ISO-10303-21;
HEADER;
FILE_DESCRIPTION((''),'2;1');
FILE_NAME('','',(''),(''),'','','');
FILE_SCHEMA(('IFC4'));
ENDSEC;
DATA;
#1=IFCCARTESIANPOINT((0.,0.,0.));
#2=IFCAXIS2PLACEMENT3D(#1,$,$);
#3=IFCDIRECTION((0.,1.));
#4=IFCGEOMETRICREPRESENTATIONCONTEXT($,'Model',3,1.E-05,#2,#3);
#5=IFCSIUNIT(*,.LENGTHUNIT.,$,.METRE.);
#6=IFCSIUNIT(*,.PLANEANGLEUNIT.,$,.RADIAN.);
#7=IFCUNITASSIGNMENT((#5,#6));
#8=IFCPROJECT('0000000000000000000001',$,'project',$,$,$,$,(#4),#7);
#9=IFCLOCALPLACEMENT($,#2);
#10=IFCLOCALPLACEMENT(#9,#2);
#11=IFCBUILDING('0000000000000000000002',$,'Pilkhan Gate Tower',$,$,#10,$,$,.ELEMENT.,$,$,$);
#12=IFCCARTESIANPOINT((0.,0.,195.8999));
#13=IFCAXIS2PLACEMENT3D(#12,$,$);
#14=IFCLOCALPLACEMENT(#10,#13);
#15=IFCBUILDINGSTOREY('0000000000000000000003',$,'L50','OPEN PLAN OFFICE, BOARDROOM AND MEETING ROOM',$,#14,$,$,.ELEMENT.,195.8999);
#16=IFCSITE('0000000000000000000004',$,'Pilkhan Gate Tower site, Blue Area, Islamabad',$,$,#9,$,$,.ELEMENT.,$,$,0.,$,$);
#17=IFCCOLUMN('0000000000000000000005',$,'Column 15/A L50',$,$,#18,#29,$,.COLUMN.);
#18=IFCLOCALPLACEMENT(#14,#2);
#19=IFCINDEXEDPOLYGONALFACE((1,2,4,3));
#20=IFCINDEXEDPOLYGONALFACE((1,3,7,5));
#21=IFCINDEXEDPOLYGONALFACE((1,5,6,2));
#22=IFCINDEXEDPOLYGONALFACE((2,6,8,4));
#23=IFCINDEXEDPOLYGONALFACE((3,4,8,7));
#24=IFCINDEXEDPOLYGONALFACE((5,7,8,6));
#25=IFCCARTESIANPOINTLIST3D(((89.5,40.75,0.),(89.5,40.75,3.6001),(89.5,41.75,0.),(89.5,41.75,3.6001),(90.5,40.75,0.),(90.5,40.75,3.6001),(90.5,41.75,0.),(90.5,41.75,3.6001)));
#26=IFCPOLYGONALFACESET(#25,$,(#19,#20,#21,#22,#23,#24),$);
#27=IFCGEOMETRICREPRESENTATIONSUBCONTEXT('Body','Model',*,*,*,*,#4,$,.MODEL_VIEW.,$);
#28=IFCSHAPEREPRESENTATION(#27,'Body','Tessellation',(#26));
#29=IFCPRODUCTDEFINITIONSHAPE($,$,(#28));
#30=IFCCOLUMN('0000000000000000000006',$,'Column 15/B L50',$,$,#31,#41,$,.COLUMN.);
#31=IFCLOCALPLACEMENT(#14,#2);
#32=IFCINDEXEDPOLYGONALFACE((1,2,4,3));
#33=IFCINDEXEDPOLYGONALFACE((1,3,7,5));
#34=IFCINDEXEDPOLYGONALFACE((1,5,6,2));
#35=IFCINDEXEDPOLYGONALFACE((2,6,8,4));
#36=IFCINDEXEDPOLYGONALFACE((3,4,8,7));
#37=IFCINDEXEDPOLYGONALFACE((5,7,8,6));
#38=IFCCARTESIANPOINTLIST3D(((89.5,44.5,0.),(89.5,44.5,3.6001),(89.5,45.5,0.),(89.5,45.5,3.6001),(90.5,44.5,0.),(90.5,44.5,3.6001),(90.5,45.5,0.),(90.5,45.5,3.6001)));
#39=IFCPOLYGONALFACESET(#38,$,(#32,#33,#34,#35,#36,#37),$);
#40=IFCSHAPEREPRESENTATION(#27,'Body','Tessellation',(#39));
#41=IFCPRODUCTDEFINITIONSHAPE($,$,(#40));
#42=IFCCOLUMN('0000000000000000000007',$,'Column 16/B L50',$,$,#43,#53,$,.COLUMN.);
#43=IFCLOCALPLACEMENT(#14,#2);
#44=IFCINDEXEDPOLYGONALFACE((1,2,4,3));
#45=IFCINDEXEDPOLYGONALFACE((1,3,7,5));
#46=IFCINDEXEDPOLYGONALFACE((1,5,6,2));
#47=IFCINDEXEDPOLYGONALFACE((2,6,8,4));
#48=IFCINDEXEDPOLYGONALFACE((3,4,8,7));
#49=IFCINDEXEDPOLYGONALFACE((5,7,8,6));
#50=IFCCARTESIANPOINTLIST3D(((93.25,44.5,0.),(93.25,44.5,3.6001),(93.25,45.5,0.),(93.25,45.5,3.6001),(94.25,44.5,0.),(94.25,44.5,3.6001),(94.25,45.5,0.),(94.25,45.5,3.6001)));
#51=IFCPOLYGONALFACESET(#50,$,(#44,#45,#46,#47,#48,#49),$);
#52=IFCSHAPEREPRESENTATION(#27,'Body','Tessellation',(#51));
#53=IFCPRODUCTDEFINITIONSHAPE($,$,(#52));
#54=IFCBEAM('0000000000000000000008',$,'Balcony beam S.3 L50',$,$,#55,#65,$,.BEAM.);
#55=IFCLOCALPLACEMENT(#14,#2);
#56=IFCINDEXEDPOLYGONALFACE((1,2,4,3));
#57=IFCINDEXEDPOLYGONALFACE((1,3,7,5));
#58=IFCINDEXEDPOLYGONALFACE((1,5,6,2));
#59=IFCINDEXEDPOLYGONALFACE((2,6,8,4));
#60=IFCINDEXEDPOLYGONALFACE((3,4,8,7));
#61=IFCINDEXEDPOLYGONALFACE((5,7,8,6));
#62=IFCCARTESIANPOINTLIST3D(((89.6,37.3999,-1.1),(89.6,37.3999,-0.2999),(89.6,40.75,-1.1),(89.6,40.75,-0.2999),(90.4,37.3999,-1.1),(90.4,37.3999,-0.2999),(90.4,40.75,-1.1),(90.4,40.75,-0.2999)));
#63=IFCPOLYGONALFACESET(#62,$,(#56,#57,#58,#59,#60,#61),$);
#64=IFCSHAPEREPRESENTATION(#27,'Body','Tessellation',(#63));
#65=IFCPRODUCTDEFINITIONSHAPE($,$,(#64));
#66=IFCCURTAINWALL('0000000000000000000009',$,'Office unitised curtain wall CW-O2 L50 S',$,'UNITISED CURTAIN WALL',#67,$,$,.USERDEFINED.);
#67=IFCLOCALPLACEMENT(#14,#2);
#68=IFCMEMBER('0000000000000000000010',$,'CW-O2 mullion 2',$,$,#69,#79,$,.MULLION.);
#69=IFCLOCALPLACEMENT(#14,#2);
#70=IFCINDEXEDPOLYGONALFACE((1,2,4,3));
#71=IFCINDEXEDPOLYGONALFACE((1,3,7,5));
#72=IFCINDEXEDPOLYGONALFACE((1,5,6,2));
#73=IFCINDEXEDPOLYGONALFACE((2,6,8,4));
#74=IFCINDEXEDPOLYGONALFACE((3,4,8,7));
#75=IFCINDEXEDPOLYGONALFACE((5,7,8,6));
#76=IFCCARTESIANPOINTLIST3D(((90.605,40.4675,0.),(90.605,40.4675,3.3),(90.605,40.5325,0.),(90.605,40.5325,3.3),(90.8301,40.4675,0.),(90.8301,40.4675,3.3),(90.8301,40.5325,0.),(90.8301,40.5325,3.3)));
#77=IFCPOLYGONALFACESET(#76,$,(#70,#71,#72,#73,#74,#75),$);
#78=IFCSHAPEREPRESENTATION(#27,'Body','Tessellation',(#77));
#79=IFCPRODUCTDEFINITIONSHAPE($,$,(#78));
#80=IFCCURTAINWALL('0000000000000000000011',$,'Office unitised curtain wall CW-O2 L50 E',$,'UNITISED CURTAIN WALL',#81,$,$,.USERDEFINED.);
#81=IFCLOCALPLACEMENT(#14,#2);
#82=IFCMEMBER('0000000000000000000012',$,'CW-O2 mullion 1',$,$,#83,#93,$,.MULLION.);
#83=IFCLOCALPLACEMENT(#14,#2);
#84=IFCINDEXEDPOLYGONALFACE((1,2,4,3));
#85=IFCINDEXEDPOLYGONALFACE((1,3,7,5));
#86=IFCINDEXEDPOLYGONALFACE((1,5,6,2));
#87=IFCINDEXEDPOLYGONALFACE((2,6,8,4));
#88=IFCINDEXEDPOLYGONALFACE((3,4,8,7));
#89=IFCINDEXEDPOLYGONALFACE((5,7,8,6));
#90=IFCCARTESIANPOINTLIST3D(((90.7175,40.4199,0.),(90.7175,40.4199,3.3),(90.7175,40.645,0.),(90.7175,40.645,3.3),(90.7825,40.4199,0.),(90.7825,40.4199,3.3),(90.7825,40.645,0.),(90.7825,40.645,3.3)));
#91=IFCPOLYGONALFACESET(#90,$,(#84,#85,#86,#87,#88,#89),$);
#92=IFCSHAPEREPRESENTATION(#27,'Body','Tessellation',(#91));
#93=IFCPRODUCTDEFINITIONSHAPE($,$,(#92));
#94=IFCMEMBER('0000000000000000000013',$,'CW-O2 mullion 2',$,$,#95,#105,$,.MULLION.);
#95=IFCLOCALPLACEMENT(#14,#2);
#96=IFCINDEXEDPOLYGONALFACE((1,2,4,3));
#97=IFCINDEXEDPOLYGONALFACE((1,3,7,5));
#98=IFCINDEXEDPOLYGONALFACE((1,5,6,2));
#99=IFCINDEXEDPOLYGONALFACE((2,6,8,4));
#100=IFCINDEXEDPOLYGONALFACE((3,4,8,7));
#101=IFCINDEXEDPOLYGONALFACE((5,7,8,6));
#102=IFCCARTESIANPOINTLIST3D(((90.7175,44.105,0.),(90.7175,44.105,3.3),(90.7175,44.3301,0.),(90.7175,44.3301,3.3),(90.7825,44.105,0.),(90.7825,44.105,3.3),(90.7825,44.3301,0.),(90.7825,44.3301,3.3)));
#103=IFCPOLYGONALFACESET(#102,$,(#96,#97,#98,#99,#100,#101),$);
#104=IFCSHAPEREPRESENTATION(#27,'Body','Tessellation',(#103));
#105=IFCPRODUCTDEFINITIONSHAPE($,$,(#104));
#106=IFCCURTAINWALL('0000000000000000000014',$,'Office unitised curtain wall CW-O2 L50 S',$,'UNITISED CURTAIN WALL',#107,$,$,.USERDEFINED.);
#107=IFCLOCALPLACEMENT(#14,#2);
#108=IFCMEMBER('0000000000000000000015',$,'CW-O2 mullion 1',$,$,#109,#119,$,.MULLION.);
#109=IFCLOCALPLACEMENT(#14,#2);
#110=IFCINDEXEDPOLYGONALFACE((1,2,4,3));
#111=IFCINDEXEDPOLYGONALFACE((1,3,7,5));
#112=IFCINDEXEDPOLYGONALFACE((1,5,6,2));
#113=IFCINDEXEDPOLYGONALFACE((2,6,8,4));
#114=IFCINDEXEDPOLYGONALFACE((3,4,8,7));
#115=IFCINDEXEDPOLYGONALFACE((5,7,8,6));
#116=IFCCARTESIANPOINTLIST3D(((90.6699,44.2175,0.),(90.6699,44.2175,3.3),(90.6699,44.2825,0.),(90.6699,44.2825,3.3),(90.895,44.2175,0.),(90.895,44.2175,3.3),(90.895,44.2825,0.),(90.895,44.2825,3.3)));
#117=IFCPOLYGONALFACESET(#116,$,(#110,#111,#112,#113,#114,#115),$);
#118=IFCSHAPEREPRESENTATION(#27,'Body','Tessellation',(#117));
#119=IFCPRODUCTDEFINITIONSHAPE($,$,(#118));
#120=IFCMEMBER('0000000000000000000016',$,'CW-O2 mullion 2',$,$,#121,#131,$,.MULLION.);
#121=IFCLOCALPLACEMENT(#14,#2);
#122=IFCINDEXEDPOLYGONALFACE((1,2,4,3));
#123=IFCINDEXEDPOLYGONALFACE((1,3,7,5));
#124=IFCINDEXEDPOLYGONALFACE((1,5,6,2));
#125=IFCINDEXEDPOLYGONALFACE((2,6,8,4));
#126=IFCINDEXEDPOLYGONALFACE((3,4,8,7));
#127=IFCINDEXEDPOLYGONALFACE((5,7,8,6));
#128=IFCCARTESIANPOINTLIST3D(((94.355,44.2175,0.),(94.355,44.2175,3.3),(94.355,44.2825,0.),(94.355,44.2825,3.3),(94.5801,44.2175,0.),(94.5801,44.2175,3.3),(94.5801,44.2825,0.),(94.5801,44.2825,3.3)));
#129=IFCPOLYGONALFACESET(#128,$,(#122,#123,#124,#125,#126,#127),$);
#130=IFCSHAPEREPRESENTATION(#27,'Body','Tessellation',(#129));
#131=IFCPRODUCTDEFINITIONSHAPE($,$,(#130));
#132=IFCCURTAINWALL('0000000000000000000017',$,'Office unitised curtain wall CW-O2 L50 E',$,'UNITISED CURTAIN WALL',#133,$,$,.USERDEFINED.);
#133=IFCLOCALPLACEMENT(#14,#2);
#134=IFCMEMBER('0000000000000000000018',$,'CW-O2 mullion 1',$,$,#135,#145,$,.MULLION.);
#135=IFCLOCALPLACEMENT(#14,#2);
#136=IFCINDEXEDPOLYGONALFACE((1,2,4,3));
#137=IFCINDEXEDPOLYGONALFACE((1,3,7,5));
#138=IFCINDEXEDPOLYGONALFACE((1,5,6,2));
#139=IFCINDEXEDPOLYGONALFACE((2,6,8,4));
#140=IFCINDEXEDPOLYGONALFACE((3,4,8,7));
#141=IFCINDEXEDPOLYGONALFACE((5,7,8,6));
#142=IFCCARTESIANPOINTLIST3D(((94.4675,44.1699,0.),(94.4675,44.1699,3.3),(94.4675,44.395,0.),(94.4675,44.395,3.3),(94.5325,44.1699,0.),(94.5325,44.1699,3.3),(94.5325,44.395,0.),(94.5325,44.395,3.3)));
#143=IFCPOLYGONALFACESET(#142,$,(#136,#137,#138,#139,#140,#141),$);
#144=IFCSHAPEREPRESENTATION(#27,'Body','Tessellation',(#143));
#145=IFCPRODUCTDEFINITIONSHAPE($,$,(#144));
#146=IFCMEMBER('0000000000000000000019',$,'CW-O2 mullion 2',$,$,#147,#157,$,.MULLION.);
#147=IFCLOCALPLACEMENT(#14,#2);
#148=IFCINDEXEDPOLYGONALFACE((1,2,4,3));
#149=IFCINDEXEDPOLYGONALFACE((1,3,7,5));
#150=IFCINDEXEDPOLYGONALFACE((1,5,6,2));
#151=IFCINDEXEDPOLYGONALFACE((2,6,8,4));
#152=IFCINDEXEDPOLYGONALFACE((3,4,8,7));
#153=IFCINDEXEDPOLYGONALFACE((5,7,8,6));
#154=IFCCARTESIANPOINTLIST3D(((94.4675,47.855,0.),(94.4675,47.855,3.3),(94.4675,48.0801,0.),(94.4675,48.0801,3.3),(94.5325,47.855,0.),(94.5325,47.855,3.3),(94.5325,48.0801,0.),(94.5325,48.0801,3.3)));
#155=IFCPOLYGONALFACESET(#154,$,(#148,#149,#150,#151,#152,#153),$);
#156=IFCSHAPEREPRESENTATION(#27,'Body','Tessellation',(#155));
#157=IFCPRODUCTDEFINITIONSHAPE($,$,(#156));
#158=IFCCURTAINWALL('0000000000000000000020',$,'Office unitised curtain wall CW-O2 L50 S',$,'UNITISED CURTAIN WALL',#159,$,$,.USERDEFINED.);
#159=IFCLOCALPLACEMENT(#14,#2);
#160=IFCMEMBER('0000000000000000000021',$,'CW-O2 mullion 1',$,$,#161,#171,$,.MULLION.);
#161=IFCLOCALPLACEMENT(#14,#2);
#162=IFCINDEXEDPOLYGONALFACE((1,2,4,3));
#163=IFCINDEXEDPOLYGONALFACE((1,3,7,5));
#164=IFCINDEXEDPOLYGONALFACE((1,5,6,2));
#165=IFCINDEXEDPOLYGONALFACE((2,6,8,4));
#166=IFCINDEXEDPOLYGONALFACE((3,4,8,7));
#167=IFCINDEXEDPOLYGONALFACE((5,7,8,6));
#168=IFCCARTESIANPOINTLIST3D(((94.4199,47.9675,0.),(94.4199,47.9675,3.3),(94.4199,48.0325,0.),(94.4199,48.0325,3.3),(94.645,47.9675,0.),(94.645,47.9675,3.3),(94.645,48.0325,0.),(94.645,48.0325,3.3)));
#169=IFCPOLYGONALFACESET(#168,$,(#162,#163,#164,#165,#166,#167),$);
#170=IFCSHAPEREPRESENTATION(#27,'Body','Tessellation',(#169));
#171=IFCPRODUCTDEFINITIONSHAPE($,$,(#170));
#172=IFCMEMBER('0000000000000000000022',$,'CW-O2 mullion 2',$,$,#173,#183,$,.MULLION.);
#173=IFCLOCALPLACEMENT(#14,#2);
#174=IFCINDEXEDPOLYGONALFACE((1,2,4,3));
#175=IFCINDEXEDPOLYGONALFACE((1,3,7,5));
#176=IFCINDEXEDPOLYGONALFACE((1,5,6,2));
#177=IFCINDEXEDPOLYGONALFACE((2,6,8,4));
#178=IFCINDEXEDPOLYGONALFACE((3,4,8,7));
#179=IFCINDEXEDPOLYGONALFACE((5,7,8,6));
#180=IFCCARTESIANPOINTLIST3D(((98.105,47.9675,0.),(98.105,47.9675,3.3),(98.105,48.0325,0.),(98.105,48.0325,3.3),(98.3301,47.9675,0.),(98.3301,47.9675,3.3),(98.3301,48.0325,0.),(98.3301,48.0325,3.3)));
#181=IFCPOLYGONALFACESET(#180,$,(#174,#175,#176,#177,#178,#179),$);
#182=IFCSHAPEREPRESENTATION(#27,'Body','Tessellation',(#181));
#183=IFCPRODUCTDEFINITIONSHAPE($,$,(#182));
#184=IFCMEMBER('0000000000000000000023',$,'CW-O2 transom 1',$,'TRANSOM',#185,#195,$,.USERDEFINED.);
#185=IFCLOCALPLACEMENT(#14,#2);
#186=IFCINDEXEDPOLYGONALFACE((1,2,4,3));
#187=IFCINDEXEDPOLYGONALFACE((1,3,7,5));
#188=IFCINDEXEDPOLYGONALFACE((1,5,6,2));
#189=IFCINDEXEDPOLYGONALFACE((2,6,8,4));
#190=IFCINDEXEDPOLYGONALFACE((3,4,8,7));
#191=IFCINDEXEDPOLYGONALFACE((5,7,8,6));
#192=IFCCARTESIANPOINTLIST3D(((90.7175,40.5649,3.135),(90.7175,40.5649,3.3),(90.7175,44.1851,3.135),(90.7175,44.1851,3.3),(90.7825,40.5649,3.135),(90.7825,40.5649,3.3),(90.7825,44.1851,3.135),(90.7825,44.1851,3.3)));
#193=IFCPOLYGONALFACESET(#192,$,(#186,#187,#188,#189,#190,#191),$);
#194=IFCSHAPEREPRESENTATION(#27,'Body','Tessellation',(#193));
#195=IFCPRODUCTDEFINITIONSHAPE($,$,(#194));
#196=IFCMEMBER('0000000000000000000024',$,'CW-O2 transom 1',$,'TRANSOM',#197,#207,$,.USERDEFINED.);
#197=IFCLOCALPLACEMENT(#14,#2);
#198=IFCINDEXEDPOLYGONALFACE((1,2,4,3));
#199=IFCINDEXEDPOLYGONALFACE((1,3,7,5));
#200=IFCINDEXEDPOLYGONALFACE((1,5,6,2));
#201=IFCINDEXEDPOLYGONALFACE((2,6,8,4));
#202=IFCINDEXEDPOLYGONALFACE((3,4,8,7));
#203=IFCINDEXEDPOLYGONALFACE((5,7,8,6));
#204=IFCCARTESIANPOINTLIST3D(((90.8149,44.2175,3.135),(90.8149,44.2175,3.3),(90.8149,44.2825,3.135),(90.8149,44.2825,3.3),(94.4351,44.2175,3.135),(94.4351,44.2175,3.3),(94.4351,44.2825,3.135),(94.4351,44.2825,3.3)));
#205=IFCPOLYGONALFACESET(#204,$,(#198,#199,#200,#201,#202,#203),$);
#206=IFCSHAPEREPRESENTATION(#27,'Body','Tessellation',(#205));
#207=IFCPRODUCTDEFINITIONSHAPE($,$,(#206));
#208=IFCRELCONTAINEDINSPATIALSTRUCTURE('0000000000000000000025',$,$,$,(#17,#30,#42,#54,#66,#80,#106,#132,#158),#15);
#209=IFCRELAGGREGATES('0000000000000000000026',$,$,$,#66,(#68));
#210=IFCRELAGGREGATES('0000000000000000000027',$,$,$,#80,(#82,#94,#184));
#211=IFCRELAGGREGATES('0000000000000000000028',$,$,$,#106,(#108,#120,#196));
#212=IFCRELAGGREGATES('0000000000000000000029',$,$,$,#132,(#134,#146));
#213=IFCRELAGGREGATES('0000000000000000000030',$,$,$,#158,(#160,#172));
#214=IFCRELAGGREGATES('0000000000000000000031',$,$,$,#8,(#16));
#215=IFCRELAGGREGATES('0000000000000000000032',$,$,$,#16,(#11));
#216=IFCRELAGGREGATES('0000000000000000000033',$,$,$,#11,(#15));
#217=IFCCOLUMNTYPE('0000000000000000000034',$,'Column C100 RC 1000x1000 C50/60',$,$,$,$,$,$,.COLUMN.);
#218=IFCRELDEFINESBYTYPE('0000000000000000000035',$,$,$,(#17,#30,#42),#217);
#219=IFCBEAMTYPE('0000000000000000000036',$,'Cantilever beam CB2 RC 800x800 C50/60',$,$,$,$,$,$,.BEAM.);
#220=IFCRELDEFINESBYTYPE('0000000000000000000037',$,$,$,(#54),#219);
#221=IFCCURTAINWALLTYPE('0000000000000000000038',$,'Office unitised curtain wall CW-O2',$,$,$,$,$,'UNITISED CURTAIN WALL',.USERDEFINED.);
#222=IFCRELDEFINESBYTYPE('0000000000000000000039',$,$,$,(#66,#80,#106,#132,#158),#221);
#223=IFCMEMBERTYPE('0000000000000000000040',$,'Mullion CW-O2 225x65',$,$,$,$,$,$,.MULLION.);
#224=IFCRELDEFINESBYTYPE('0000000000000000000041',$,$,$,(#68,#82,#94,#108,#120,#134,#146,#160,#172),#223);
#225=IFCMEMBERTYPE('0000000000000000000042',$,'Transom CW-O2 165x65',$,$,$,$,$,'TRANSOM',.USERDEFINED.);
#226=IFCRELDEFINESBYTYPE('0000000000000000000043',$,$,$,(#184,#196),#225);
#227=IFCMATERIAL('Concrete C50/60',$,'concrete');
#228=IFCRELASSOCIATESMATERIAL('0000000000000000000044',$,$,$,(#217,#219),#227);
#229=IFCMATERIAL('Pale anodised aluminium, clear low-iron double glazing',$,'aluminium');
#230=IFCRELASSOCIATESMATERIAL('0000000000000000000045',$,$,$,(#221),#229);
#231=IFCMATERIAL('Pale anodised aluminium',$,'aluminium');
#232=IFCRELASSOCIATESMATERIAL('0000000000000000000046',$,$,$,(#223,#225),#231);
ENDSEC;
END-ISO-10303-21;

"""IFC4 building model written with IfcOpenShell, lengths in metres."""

from ifc_helpers import new_model, si_unit, direction, frame, origin, origin_2d, place, context, subcontext, project, spatial, rectangle, extrude, material, material_profile, profile_set, type_object, element, aggregate, save


model = new_model("IFC4")

# Units and contexts
model_context = context("Model", 3, precision=1e-05, world=origin(), true_north=direction((0.0, 1.0)))
body_context = subcontext(model_context, "Body", "Model", "MODEL_VIEW")
ifc_project = project(units=[si_unit("LENGTHUNIT", "METRE"), si_unit("PLANEANGLEUNIT", "RADIAN")], contexts=[model_context])

# Site, building, storey
site_placement = place(None, origin())
site = spatial("IfcSite", under=ifc_project, at=site_placement, Name="Pilkhan Gate Tower site, Blue Area, Islamabad", CompositionType="ELEMENT", RefElevation=0.0)
building_placement = place(site_placement, origin())
building = spatial("IfcBuilding", under=site, at=building_placement, Name="Pilkhan Gate Tower", CompositionType="ELEMENT")
storey_placement = place(building_placement, frame((0.0, 0.0, 195.8999)))
storey = spatial("IfcBuildingStorey", under=building, at=storey_placement, Name="L50", Description="OPEN PLAN OFFICE, BOARDROOM AND MEETING ROOM", CompositionType="ELEMENT", Elevation=195.8999)

# Columns
ifc_material_1 = material(Name="Concrete C50/60", Category="concrete")
ifc_material_profile_1 = material_profile(ifc_material_1, rectangle(XDim=1.0, YDim=1.0, at=origin_2d()), Name="RC 1000x1000")
ifc_profile_set_1 = profile_set([ifc_material_profile_1], Name="Concrete C50/60")
column_type = type_object("IfcColumnType", Name="Column C100 RC 1000x1000 C50/60", PredefinedType="COLUMN", material=ifc_profile_set_1)
for number, where, z_axis, x_axis, name in (
    (1, (90.0, 41.25, 0.0), (0.0, 0.0, 1.0), (1.0, 0.0, 0.0), "Column 15/A L50"),
    (2, (90.0, 45.0, 0.0), (0.0, 0.0, 1.0), (1.0, 0.0, 0.0), "Column 15/B L50"),
    (3, (93.75, 45.0, 0.0), (0.0, 0.0, 1.0), (1.0, 0.0, 0.0), "Column 16/B L50"),
):
    element("IfcColumn", number, at=place(storey_placement, frame(where, z_axis=z_axis, x_axis=x_axis)), inside=storey, type_object=column_type, Name=name, PredefinedType="COLUMN", context=body_context, shape_type="SweptSolid", body=[
        extrude(rectangle(XDim=1.0, YDim=1.0, at=origin_2d()), origin(), (0.0, 0.0, 1.0), 3.6001),
    ])

# Beam
ifc_material_profile_2 = material_profile(ifc_material_1, rectangle(XDim=0.8, YDim=0.8, at=origin_2d()), Name="RC 800x800")
ifc_profile_set_2 = profile_set([ifc_material_profile_2], Name="Concrete C50/60")
beam_type = type_object("IfcBeamType", Name="Cantilever beam CB2 RC 800x800 C50/60", PredefinedType="BEAM", material=ifc_profile_set_2)
beam_placement = place(storey_placement, frame((90.0, 40.75, -0.7), z_axis=(0.0, -1.0, 0.0), x_axis=(1.0, 0.0, 0.0)))
element("IfcBeam", 4, at=beam_placement, inside=storey, type_object=beam_type, Name="Balcony beam S.3 L50", PredefinedType="BEAM", context=body_context, shape_type="SweptSolid", body=[
    extrude(rectangle(XDim=0.8, YDim=0.8, at=origin_2d()), origin(), (0.0, 0.0, 1.0), 3.3501),
])

# Curtain wall, member
ifc_material_2 = material(Name="Pale anodised aluminium, clear low-iron double glazing", Category="aluminium")
curtain_wall_type = type_object("IfcCurtainWallType", Name="Office unitised curtain wall CW-O2", ElementType="UNITISED CURTAIN WALL", PredefinedType="USERDEFINED", material=ifc_material_2)
curtain_wall_1_placement = place(storey_placement, origin())
curtain_wall_1 = element("IfcCurtainWall", 5, at=curtain_wall_1_placement, inside=storey, type_object=curtain_wall_type, Name="Office unitised curtain wall CW-O2 L50 S", ObjectType="UNITISED CURTAIN WALL", PredefinedType="USERDEFINED")
ifc_material_3 = material(Name="Pale anodised aluminium", Category="aluminium")
ifc_material_profile_3 = material_profile(ifc_material_3, rectangle(XDim=0.0649, YDim=0.2251, at=origin_2d()), Name="Mullion 225x65")
ifc_profile_set_3 = profile_set([ifc_material_profile_3], Name="Pale anodised aluminium")
member_type_1 = type_object("IfcMemberType", Name="Mullion CW-O2 225x65", PredefinedType="MULLION", material=ifc_profile_set_3)
member_1_placement = place(storey_placement, frame((90.7175, 40.5, 0.0), z_axis=(0.0, 0.0, 1.0), x_axis=(0.0, 1.0, 0.0)))
member_1 = element("IfcMember", 6, at=member_1_placement, type_object=member_type_1, Name="CW-O2 mullion 2", PredefinedType="MULLION", context=body_context, shape_type="SweptSolid", body=[
    extrude(rectangle(XDim=0.0649, YDim=0.2251, at=origin_2d()), origin(), (0.0, 0.0, 1.0), 3.3),
])

# Curtain walls, members
curtain_wall_2_placement = place(storey_placement, origin())
curtain_wall_2 = element("IfcCurtainWall", 7, at=curtain_wall_2_placement, inside=storey, type_object=curtain_wall_type, Name="Office unitised curtain wall CW-O2 L50 E", ObjectType="UNITISED CURTAIN WALL", PredefinedType="USERDEFINED")
member_2_placement = place(storey_placement, frame((90.75, 40.5325, 0.0), z_axis=(0.0, 0.0, 1.0), x_axis=(-1.0, 0.0, 0.0)))
member_2 = element("IfcMember", 8, at=member_2_placement, type_object=member_type_1, Name="CW-O2 mullion 1", PredefinedType="MULLION", context=body_context, shape_type="SweptSolid", body=[
    extrude(rectangle(XDim=0.0649, YDim=0.2251, at=origin_2d()), origin(), (0.0, 0.0, 1.0), 3.3),
])
member_3_placement = place(storey_placement, frame((90.75, 44.2175, 0.0), z_axis=(0.0, 0.0, 1.0), x_axis=(-1.0, 0.0, 0.0)))
member_3 = element("IfcMember", 9, at=member_3_placement, type_object=member_type_1, Name="CW-O2 mullion 2", PredefinedType="MULLION", context=body_context, shape_type="SweptSolid", body=[
    extrude(rectangle(XDim=0.0649, YDim=0.2251, at=origin_2d()), origin(), (0.0, 0.0, 1.0), 3.3),
])
curtain_wall_3_placement = place(storey_placement, origin())
curtain_wall_3 = element("IfcCurtainWall", 10, at=curtain_wall_3_placement, inside=storey, type_object=curtain_wall_type, Name="Office unitised curtain wall CW-O2 L50 S", ObjectType="UNITISED CURTAIN WALL", PredefinedType="USERDEFINED")
member_4_placement = place(storey_placement, frame((90.7825, 44.25, 0.0), z_axis=(0.0, 0.0, 1.0), x_axis=(0.0, 1.0, 0.0)))
member_4 = element("IfcMember", 11, at=member_4_placement, type_object=member_type_1, Name="CW-O2 mullion 1", PredefinedType="MULLION", context=body_context, shape_type="SweptSolid", body=[
    extrude(rectangle(XDim=0.0649, YDim=0.2251, at=origin_2d()), origin(), (0.0, 0.0, 1.0), 3.3),
])
member_5_placement = place(storey_placement, frame((94.4675, 44.25, 0.0), z_axis=(0.0, 0.0, 1.0), x_axis=(0.0, 1.0, 0.0)))
member_5 = element("IfcMember", 12, at=member_5_placement, type_object=member_type_1, Name="CW-O2 mullion 2", PredefinedType="MULLION", context=body_context, shape_type="SweptSolid", body=[
    extrude(rectangle(XDim=0.0649, YDim=0.2251, at=origin_2d()), origin(), (0.0, 0.0, 1.0), 3.3),
])
curtain_wall_4_placement = place(storey_placement, origin())
curtain_wall_4 = element("IfcCurtainWall", 13, at=curtain_wall_4_placement, inside=storey, type_object=curtain_wall_type, Name="Office unitised curtain wall CW-O2 L50 E", ObjectType="UNITISED CURTAIN WALL", PredefinedType="USERDEFINED")
member_6_placement = place(storey_placement, frame((94.5, 44.2825, 0.0), z_axis=(0.0, 0.0, 1.0), x_axis=(-1.0, 0.0, 0.0)))
member_6 = element("IfcMember", 14, at=member_6_placement, type_object=member_type_1, Name="CW-O2 mullion 1", PredefinedType="MULLION", context=body_context, shape_type="SweptSolid", body=[
    extrude(rectangle(XDim=0.0649, YDim=0.2251, at=origin_2d()), origin(), (0.0, 0.0, 1.0), 3.3),
])
member_7_placement = place(storey_placement, frame((94.5, 47.9675, 0.0), z_axis=(0.0, 0.0, 1.0), x_axis=(-1.0, 0.0, 0.0)))
member_7 = element("IfcMember", 15, at=member_7_placement, type_object=member_type_1, Name="CW-O2 mullion 2", PredefinedType="MULLION", context=body_context, shape_type="SweptSolid", body=[
    extrude(rectangle(XDim=0.0649, YDim=0.2251, at=origin_2d()), origin(), (0.0, 0.0, 1.0), 3.3),
])
curtain_wall_5_placement = place(storey_placement, origin())
curtain_wall_5 = element("IfcCurtainWall", 16, at=curtain_wall_5_placement, inside=storey, type_object=curtain_wall_type, Name="Office unitised curtain wall CW-O2 L50 S", ObjectType="UNITISED CURTAIN WALL", PredefinedType="USERDEFINED")
member_8_placement = place(storey_placement, frame((94.5325, 48.0, 0.0), z_axis=(0.0, 0.0, 1.0), x_axis=(0.0, 1.0, 0.0)))
member_8 = element("IfcMember", 17, at=member_8_placement, type_object=member_type_1, Name="CW-O2 mullion 1", PredefinedType="MULLION", context=body_context, shape_type="SweptSolid", body=[
    extrude(rectangle(XDim=0.0649, YDim=0.2251, at=origin_2d()), origin(), (0.0, 0.0, 1.0), 3.3),
])
member_9_placement = place(storey_placement, frame((98.2175, 48.0, 0.0), z_axis=(0.0, 0.0, 1.0), x_axis=(0.0, 1.0, 0.0)))
member_9 = element("IfcMember", 18, at=member_9_placement, type_object=member_type_1, Name="CW-O2 mullion 2", PredefinedType="MULLION", context=body_context, shape_type="SweptSolid", body=[
    extrude(rectangle(XDim=0.0649, YDim=0.2251, at=origin_2d()), origin(), (0.0, 0.0, 1.0), 3.3),
])

# Members
ifc_material_profile_4 = material_profile(ifc_material_3, rectangle(XDim=0.0649, YDim=0.165, at=origin_2d()), Name="Transom 165x65")
ifc_profile_set_4 = profile_set([ifc_material_profile_4], Name="Pale anodised aluminium")
member_type_2 = type_object("IfcMemberType", Name="Transom CW-O2 165x65", ElementType="TRANSOM", PredefinedType="USERDEFINED", material=ifc_profile_set_4)
member_10_placement = place(storey_placement, frame((90.75, 40.5649, 3.2175), z_axis=(0.0, 1.0, 0.0), x_axis=(-1.0, 0.0, 0.0)))
member_10 = element("IfcMember", 19, at=member_10_placement, type_object=member_type_2, Name="CW-O2 transom 1", ObjectType="TRANSOM", PredefinedType="USERDEFINED", context=body_context, shape_type="SweptSolid", body=[
    extrude(rectangle(XDim=0.0649, YDim=0.165, at=origin_2d()), origin(), (0.0, 0.0, 1.0), 3.6201),
])
member_11_placement = place(storey_placement, frame((90.8149, 44.25, 3.2175), z_axis=(1.0, 0.0, 0.0), x_axis=(0.0, 1.0, 0.0)))
member_11 = element("IfcMember", 20, at=member_11_placement, type_object=member_type_2, Name="CW-O2 transom 1", ObjectType="TRANSOM", PredefinedType="USERDEFINED", context=body_context, shape_type="SweptSolid", body=[
    extrude(rectangle(XDim=0.0649, YDim=0.165, at=origin_2d()), origin(), (0.0, 0.0, 1.0), 3.6201),
])

aggregate(curtain_wall_1, [member_1])
aggregate(curtain_wall_2, [member_2, member_3, member_10])
aggregate(curtain_wall_3, [member_4, member_5, member_11])
aggregate(curtain_wall_4, [member_6, member_7])
aggregate(curtain_wall_5, [member_8, member_9])

save(model, "model.ifc")
